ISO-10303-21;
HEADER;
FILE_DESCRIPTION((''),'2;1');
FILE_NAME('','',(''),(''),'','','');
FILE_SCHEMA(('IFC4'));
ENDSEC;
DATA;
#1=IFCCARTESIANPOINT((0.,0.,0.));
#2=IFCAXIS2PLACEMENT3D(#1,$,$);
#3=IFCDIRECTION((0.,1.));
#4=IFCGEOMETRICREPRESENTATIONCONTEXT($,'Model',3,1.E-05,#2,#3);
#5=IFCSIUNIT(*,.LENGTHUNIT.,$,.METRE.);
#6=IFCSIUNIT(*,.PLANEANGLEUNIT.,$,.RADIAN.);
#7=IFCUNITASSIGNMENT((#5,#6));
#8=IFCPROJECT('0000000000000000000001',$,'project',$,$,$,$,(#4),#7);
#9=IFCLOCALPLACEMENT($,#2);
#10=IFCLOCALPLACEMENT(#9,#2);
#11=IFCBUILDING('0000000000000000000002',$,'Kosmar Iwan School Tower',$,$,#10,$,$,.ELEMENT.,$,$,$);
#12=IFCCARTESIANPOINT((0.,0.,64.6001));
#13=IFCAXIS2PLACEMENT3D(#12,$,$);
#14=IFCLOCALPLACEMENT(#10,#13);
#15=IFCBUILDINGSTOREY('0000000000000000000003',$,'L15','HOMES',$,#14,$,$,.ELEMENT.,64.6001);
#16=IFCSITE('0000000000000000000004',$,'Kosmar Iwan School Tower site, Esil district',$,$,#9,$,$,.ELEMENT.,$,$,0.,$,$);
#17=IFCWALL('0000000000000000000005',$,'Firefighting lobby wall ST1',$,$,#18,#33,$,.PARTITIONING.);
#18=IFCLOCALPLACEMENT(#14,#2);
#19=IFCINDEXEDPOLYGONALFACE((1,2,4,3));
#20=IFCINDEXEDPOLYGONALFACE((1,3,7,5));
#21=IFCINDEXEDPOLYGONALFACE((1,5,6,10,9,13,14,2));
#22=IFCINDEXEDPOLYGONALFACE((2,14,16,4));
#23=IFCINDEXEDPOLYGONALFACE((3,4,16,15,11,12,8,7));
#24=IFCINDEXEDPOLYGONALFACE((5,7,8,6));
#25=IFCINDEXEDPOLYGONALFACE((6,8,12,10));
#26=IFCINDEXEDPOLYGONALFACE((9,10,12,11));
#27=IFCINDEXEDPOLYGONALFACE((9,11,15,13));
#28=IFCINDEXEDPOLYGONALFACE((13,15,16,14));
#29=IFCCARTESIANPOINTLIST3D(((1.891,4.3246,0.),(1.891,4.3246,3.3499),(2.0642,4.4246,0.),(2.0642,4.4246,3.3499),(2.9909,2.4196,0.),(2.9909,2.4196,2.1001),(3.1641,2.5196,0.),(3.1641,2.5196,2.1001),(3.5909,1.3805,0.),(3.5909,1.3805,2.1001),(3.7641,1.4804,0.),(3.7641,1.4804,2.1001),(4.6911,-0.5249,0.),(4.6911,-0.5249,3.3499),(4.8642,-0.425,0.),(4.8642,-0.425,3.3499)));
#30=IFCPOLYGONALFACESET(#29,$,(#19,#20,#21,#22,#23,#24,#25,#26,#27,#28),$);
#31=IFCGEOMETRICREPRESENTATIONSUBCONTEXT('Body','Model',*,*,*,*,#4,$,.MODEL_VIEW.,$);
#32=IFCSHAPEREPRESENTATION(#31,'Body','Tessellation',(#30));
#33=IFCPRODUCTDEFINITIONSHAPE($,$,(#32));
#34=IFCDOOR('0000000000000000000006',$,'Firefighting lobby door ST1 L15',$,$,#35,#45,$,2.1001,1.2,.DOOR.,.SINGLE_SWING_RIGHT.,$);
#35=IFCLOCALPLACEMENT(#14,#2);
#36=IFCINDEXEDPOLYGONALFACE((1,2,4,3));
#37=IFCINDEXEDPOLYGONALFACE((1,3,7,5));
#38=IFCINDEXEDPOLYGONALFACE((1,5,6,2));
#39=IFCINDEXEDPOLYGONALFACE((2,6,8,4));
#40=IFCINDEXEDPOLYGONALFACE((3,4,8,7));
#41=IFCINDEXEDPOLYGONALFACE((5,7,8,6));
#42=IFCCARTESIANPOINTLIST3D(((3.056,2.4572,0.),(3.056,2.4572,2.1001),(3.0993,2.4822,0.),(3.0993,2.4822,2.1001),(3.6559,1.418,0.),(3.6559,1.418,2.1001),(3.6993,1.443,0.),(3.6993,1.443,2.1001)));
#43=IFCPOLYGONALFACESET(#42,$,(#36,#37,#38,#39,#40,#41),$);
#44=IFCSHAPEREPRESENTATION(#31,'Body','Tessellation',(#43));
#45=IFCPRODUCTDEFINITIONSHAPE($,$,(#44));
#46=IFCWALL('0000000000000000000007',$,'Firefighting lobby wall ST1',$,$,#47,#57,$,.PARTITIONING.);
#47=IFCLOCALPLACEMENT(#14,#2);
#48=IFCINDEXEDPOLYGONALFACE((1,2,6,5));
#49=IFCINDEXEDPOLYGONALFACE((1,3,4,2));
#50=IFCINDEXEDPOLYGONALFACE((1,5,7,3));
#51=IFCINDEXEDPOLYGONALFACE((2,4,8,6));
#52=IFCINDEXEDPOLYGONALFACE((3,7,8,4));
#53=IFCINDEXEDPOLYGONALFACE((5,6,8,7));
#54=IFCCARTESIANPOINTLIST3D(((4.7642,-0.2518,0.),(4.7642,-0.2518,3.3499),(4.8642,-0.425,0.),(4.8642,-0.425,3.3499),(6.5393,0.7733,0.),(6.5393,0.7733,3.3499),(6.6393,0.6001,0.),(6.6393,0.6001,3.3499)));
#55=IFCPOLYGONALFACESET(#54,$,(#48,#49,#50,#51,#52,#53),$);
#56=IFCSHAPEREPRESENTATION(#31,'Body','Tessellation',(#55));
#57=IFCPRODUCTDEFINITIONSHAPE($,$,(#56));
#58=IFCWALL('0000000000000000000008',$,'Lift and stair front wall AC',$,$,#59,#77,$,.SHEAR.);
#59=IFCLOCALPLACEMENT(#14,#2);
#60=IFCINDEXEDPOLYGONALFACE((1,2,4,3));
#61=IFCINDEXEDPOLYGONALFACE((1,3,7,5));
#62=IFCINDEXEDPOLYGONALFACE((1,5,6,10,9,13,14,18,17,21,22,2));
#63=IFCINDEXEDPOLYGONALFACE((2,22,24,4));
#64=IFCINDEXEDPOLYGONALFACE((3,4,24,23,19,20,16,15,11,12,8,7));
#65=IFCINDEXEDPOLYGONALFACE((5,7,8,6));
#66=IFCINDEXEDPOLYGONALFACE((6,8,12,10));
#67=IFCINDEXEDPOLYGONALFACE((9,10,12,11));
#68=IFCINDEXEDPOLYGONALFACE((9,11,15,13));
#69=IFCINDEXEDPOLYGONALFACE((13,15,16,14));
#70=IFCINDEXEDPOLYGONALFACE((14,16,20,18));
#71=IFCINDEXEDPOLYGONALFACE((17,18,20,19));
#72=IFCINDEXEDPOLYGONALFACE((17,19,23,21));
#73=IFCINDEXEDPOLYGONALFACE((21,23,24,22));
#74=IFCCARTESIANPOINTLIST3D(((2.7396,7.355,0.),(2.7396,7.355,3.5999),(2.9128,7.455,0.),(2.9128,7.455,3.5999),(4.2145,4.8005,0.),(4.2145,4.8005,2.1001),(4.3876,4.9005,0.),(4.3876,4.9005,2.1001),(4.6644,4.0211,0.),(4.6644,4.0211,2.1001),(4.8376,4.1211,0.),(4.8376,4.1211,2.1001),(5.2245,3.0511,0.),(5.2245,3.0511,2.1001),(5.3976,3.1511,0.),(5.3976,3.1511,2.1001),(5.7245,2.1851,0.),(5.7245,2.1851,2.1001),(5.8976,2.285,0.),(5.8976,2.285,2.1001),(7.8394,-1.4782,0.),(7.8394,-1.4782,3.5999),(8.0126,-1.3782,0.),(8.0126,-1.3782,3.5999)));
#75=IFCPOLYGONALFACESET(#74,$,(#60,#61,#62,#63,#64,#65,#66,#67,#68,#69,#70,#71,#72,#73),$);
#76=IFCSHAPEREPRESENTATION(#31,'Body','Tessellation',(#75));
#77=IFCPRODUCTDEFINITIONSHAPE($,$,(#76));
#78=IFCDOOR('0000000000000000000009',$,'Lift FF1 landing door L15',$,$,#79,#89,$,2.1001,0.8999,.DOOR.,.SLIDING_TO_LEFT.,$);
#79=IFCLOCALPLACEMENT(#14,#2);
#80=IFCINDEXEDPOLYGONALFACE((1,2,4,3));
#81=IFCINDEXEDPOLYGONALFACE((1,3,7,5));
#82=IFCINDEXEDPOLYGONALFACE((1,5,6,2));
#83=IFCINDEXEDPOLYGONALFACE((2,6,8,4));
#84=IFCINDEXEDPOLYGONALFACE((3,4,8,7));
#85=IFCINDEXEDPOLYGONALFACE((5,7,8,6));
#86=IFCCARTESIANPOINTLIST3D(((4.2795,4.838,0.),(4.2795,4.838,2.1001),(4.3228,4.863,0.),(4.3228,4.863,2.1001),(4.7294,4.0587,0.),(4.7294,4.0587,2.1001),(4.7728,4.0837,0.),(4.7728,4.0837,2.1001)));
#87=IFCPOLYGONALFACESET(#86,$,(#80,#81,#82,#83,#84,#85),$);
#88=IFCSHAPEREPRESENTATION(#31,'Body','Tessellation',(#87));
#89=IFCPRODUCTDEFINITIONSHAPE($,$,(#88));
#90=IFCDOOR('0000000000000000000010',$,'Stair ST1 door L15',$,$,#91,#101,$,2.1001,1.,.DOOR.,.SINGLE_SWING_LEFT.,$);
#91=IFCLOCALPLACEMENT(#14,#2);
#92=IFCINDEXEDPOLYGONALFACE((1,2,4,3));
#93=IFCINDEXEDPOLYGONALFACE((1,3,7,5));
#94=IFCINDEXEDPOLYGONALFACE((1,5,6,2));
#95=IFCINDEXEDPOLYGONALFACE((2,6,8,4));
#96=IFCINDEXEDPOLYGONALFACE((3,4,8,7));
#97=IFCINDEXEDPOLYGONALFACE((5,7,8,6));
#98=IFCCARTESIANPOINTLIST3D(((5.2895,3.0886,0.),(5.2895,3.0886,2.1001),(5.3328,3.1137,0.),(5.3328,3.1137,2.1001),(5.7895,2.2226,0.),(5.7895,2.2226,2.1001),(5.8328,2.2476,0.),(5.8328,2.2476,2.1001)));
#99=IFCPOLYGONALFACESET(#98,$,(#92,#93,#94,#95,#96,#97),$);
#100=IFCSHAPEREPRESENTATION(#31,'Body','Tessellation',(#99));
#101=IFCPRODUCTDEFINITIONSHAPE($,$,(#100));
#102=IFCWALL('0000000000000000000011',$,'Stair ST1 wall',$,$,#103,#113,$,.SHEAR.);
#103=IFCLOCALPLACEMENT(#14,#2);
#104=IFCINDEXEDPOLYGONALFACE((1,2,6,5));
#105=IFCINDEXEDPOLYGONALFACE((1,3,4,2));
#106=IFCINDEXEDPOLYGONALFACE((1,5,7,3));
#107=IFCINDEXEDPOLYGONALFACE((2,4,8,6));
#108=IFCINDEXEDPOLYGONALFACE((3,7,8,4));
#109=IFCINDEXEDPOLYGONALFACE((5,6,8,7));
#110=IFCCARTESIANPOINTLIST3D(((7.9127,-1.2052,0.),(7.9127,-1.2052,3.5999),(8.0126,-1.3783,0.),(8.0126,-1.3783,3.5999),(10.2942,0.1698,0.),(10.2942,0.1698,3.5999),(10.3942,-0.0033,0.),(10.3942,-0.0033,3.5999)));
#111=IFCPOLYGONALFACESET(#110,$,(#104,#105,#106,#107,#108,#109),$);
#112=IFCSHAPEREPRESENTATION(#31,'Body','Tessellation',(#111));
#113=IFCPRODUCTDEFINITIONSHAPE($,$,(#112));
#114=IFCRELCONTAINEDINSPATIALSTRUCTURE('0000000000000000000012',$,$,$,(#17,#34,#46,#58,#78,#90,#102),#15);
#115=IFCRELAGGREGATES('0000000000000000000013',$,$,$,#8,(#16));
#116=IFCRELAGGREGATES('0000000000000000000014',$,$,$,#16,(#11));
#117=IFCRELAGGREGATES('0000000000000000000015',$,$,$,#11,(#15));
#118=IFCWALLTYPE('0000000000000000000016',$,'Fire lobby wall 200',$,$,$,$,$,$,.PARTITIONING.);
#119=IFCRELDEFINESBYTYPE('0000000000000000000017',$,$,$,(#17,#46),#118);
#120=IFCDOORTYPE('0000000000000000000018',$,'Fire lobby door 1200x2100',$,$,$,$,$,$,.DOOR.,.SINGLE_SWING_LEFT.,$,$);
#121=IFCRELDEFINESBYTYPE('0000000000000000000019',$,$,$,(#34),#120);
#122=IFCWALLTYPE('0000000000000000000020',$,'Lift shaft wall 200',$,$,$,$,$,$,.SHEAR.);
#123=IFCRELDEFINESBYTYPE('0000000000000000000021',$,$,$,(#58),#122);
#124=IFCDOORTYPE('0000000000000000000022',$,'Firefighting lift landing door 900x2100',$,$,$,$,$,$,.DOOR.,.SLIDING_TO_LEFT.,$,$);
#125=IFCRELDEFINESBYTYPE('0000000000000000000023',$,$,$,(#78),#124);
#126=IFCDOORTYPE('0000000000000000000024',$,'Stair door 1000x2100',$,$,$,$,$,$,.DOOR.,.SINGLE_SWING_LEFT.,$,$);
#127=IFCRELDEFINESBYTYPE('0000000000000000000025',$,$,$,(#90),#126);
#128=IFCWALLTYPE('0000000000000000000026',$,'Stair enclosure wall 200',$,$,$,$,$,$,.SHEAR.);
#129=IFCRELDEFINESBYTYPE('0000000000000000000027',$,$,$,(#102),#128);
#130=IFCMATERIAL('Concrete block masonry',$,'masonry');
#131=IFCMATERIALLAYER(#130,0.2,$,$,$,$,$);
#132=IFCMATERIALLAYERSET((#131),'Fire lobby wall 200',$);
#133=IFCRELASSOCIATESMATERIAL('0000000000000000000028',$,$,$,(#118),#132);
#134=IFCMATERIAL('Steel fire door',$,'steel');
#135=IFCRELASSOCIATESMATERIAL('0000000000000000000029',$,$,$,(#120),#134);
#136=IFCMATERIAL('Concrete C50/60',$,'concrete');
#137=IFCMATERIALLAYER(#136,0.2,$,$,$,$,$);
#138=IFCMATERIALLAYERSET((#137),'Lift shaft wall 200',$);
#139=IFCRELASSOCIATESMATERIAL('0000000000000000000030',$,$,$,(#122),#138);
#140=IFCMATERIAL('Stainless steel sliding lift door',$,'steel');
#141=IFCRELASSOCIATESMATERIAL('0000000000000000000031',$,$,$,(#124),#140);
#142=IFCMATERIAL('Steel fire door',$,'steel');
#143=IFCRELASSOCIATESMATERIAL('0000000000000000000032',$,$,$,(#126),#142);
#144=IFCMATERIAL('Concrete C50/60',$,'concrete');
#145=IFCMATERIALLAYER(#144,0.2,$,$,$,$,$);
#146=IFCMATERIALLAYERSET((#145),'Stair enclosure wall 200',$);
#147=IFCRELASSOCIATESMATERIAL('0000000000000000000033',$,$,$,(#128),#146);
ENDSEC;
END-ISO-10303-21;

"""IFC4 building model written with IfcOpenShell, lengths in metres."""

from ifc_helpers import new_model, si_unit, direction, frame, frame_2d, origin, place, context, subcontext, project, spatial, rectangle, extrude, material, layer, layer_set, type_object, element, fill, save


model = new_model("IFC4")

# Units and contexts
model_context = context("Model", 3, precision=1e-05, world=origin(), true_north=direction((0.0, 1.0)))
body_context = subcontext(model_context, "Body", "Model", "MODEL_VIEW")
ifc_project = project(units=[si_unit("LENGTHUNIT", "METRE"), si_unit("PLANEANGLEUNIT", "RADIAN")], contexts=[model_context])

# Site, building, storey
site_placement = place(None, origin())
site = spatial("IfcSite", under=ifc_project, at=site_placement, Name="Kosmar Iwan School Tower site, Esil district", CompositionType="ELEMENT", RefElevation=0.0)
building_placement = place(site_placement, origin())
building = spatial("IfcBuilding", under=site, at=building_placement, Name="Kosmar Iwan School Tower", CompositionType="ELEMENT")
storey_placement = place(building_placement, frame((0.0, 0.0, 64.6001)))
storey = spatial("IfcBuildingStorey", under=building, at=storey_placement, Name="L15", Description="HOMES", CompositionType="ELEMENT", Elevation=64.6001)

# Wall, opening, door
ifc_material_1 = material(Name="Concrete block masonry", Category="masonry")
ifc_layer_1 = layer(ifc_material_1, 0.2)
ifc_layer_set_1 = layer_set([ifc_layer_1], Name="Fire lobby wall 200")
wall_type_1 = type_object("IfcWallType", Name="Fire lobby wall 200", PredefinedType="PARTITIONING", material=ifc_layer_set_1)
wall_1_placement = place(storey_placement, frame((4.7776, -0.4749, 0.0), z_axis=(0.0, 0.0, 1.0), x_axis=(-0.500017, 0.866016, 0.0)))
wall_1 = element("IfcWall", 1, at=wall_1_placement, inside=storey, type_object=wall_type_1, Name="Firefighting lobby wall ST1", PredefinedType="PARTITIONING", context=body_context, shape_type="SweptSolid", body=[
    extrude(rectangle(XDim=5.5999, YDim=0.2, at=frame_2d((2.7998, 0.0))), origin(), (0.0, 0.0, 1.0), 3.3499),
])
opening_1_placement = place(wall_1_placement, frame((2.2, 0.0, 0.0)))
opening_1 = element("IfcOpeningElement", 2, at=opening_1_placement, cuts=wall_1, PredefinedType="OPENING", context=body_context, shape_type="SweptSolid", body=[
    extrude(rectangle(XDim=1.2, YDim=2.1001, at=frame_2d((0.6001, 1.05))), frame((0.0, 0.1121, 0.0), z_axis=(0.0, -1.0, 0.0), x_axis=(1.0, 0.0, 0.0)), (0.0, 0.0, 1.0), 0.2239),
])
ifc_material_2 = material(Name="Steel fire door", Category="steel")
door_type_1 = type_object("IfcDoorType", Name="Fire lobby door 1200x2100", OperationType="SINGLE_SWING_LEFT", PredefinedType="DOOR", material=ifc_material_2)
door_1_placement = place(opening_1_placement, origin())
door_1 = element("IfcDoor", 3, at=door_1_placement, inside=storey, type_object=door_type_1, Name="Firefighting lobby door ST1 L15", OperationType="SINGLE_SWING_RIGHT", OverallHeight=2.1001, OverallWidth=1.2, PredefinedType="DOOR", context=body_context, shape_type="SweptSolid", body=[
    extrude(rectangle(XDim=1.2, YDim=2.1001, at=frame_2d((0.6001, 1.05))), frame((0.0, 0.0249, 0.0), z_axis=(0.0, -1.0, 0.0), x_axis=(1.0, 0.0, 0.0)), (0.0, 0.0, 1.0), 0.05),
])
fill(opening_1, door_1)

# Wall
wall_2_placement = place(storey_placement, frame((4.8142, -0.3384, 0.0), z_axis=(0.0, 0.0, 1.0), x_axis=(0.865969, 0.500097, 0.0)))
element("IfcWall", 4, at=wall_2_placement, inside=storey, type_object=wall_type_1, Name="Firefighting lobby wall ST1", PredefinedType="PARTITIONING", context=body_context, shape_type="SweptSolid", body=[
    extrude(rectangle(XDim=2.0498, YDim=0.2, at=frame_2d((1.0249, 0.0))), origin(), (0.0, 0.0, 1.0), 3.3499),
])

# Wall, openings, doors
ifc_material_3 = material(Name="Concrete C50/60", Category="concrete")
ifc_layer_2 = layer(ifc_material_3, 0.2)
ifc_layer_set_2 = layer_set([ifc_layer_2], Name="Lift shaft wall 200")
wall_type_2 = type_object("IfcWallType", Name="Lift shaft wall 200", PredefinedType="SHEAR", material=ifc_layer_set_2)
wall_3_placement = place(storey_placement, frame((7.926, -1.4282, 0.0), z_axis=(0.0, 0.0, 1.0), x_axis=(-0.499998, 0.866027, 0.0)))
wall_3 = element("IfcWall", 5, at=wall_3_placement, inside=storey, type_object=wall_type_2, Name="Lift and stair front wall AC", PredefinedType="SHEAR", context=body_context, shape_type="SweptSolid", body=[
    extrude(rectangle(XDim=10.1997, YDim=0.2, at=frame_2d((5.0999, 0.0))), origin(), (0.0, 0.0, 1.0), 3.5999),
])
opening_2_placement = place(wall_3_placement, frame((6.3501, 0.0, 0.0)))
opening_2 = element("IfcOpeningElement", 6, at=opening_2_placement, cuts=wall_3, PredefinedType="OPENING", context=body_context, shape_type="SweptSolid", body=[
    extrude(rectangle(XDim=0.8999, YDim=2.1001, at=frame_2d((0.45, 1.05))), frame((0.0, 0.1121, 0.0), z_axis=(0.0, -1.0, 0.0), x_axis=(1.0, 0.0, 0.0)), (0.0, 0.0, 1.0), 0.2239),
])
opening_3_placement = place(wall_3_placement, frame((4.23, 0.0, 0.0)))
opening_3 = element("IfcOpeningElement", 7, at=opening_3_placement, cuts=wall_3, PredefinedType="OPENING", context=body_context, shape_type="SweptSolid", body=[
    extrude(rectangle(XDim=1.0, YDim=2.1001, at=frame_2d((0.5, 1.05))), frame((0.0, 0.1121, 0.0), z_axis=(0.0, -1.0, 0.0), x_axis=(1.0, 0.0, 0.0)), (0.0, 0.0, 1.0), 0.2239),
])
ifc_material_4 = material(Name="Stainless steel sliding lift door", Category="steel")
door_type_2 = type_object("IfcDoorType", Name="Firefighting lift landing door 900x2100", OperationType="SLIDING_TO_LEFT", PredefinedType="DOOR", material=ifc_material_4)
door_2_placement = place(opening_2_placement, origin())
door_2 = element("IfcDoor", 8, at=door_2_placement, inside=storey, type_object=door_type_2, Name="Lift FF1 landing door L15", OperationType="SLIDING_TO_LEFT", OverallHeight=2.1001, OverallWidth=0.8999, PredefinedType="DOOR", context=body_context, shape_type="SweptSolid", body=[
    extrude(rectangle(XDim=0.8999, YDim=2.1001, at=frame_2d((0.45, 1.05))), frame((0.0, 0.0249, 0.0), z_axis=(0.0, -1.0, 0.0), x_axis=(1.0, 0.0, 0.0)), (0.0, 0.0, 1.0), 0.05),
])
fill(opening_2, door_2)
ifc_material_5 = material(Name="Steel fire door", Category="steel")
door_type_3 = type_object("IfcDoorType", Name="Stair door 1000x2100", OperationType="SINGLE_SWING_LEFT", PredefinedType="DOOR", material=ifc_material_5)
door_3_placement = place(opening_3_placement, origin())
door_3 = element("IfcDoor", 9, at=door_3_placement, inside=storey, type_object=door_type_3, Name="Stair ST1 door L15", OperationType="SINGLE_SWING_LEFT", OverallHeight=2.1001, OverallWidth=1.0, PredefinedType="DOOR", context=body_context, shape_type="SweptSolid", body=[
    extrude(rectangle(XDim=1.0, YDim=2.1001, at=frame_2d((0.5, 1.05))), frame((0.0, 0.0249, 0.0), z_axis=(0.0, -1.0, 0.0), x_axis=(1.0, 0.0, 0.0)), (0.0, 0.0, 1.0), 0.05),
])
fill(opening_3, door_3)

# Wall
ifc_material_6 = material(Name="Concrete C50/60", Category="concrete")
ifc_layer_3 = layer(ifc_material_6, 0.2)
ifc_layer_set_3 = layer_set([ifc_layer_3], Name="Stair enclosure wall 200")
wall_type_3 = type_object("IfcWallType", Name="Stair enclosure wall 200", PredefinedType="SHEAR", material=ifc_layer_set_3)
wall_4_placement = place(storey_placement, frame((7.9626, -1.2917, 0.0), z_axis=(0.0, 0.0, 1.0), x_axis=(0.866027, 0.499997, 0.0)))
element("IfcWall", 10, at=wall_4_placement, inside=storey, type_object=wall_type_3, Name="Stair ST1 wall", PredefinedType="SHEAR", context=body_context, shape_type="SweptSolid", body=[
    extrude(rectangle(XDim=2.75, YDim=0.2, at=frame_2d((1.375, 0.0))), origin(), (0.0, 0.0, 1.0), 3.5999),
])

save(model, "model.ifc")
